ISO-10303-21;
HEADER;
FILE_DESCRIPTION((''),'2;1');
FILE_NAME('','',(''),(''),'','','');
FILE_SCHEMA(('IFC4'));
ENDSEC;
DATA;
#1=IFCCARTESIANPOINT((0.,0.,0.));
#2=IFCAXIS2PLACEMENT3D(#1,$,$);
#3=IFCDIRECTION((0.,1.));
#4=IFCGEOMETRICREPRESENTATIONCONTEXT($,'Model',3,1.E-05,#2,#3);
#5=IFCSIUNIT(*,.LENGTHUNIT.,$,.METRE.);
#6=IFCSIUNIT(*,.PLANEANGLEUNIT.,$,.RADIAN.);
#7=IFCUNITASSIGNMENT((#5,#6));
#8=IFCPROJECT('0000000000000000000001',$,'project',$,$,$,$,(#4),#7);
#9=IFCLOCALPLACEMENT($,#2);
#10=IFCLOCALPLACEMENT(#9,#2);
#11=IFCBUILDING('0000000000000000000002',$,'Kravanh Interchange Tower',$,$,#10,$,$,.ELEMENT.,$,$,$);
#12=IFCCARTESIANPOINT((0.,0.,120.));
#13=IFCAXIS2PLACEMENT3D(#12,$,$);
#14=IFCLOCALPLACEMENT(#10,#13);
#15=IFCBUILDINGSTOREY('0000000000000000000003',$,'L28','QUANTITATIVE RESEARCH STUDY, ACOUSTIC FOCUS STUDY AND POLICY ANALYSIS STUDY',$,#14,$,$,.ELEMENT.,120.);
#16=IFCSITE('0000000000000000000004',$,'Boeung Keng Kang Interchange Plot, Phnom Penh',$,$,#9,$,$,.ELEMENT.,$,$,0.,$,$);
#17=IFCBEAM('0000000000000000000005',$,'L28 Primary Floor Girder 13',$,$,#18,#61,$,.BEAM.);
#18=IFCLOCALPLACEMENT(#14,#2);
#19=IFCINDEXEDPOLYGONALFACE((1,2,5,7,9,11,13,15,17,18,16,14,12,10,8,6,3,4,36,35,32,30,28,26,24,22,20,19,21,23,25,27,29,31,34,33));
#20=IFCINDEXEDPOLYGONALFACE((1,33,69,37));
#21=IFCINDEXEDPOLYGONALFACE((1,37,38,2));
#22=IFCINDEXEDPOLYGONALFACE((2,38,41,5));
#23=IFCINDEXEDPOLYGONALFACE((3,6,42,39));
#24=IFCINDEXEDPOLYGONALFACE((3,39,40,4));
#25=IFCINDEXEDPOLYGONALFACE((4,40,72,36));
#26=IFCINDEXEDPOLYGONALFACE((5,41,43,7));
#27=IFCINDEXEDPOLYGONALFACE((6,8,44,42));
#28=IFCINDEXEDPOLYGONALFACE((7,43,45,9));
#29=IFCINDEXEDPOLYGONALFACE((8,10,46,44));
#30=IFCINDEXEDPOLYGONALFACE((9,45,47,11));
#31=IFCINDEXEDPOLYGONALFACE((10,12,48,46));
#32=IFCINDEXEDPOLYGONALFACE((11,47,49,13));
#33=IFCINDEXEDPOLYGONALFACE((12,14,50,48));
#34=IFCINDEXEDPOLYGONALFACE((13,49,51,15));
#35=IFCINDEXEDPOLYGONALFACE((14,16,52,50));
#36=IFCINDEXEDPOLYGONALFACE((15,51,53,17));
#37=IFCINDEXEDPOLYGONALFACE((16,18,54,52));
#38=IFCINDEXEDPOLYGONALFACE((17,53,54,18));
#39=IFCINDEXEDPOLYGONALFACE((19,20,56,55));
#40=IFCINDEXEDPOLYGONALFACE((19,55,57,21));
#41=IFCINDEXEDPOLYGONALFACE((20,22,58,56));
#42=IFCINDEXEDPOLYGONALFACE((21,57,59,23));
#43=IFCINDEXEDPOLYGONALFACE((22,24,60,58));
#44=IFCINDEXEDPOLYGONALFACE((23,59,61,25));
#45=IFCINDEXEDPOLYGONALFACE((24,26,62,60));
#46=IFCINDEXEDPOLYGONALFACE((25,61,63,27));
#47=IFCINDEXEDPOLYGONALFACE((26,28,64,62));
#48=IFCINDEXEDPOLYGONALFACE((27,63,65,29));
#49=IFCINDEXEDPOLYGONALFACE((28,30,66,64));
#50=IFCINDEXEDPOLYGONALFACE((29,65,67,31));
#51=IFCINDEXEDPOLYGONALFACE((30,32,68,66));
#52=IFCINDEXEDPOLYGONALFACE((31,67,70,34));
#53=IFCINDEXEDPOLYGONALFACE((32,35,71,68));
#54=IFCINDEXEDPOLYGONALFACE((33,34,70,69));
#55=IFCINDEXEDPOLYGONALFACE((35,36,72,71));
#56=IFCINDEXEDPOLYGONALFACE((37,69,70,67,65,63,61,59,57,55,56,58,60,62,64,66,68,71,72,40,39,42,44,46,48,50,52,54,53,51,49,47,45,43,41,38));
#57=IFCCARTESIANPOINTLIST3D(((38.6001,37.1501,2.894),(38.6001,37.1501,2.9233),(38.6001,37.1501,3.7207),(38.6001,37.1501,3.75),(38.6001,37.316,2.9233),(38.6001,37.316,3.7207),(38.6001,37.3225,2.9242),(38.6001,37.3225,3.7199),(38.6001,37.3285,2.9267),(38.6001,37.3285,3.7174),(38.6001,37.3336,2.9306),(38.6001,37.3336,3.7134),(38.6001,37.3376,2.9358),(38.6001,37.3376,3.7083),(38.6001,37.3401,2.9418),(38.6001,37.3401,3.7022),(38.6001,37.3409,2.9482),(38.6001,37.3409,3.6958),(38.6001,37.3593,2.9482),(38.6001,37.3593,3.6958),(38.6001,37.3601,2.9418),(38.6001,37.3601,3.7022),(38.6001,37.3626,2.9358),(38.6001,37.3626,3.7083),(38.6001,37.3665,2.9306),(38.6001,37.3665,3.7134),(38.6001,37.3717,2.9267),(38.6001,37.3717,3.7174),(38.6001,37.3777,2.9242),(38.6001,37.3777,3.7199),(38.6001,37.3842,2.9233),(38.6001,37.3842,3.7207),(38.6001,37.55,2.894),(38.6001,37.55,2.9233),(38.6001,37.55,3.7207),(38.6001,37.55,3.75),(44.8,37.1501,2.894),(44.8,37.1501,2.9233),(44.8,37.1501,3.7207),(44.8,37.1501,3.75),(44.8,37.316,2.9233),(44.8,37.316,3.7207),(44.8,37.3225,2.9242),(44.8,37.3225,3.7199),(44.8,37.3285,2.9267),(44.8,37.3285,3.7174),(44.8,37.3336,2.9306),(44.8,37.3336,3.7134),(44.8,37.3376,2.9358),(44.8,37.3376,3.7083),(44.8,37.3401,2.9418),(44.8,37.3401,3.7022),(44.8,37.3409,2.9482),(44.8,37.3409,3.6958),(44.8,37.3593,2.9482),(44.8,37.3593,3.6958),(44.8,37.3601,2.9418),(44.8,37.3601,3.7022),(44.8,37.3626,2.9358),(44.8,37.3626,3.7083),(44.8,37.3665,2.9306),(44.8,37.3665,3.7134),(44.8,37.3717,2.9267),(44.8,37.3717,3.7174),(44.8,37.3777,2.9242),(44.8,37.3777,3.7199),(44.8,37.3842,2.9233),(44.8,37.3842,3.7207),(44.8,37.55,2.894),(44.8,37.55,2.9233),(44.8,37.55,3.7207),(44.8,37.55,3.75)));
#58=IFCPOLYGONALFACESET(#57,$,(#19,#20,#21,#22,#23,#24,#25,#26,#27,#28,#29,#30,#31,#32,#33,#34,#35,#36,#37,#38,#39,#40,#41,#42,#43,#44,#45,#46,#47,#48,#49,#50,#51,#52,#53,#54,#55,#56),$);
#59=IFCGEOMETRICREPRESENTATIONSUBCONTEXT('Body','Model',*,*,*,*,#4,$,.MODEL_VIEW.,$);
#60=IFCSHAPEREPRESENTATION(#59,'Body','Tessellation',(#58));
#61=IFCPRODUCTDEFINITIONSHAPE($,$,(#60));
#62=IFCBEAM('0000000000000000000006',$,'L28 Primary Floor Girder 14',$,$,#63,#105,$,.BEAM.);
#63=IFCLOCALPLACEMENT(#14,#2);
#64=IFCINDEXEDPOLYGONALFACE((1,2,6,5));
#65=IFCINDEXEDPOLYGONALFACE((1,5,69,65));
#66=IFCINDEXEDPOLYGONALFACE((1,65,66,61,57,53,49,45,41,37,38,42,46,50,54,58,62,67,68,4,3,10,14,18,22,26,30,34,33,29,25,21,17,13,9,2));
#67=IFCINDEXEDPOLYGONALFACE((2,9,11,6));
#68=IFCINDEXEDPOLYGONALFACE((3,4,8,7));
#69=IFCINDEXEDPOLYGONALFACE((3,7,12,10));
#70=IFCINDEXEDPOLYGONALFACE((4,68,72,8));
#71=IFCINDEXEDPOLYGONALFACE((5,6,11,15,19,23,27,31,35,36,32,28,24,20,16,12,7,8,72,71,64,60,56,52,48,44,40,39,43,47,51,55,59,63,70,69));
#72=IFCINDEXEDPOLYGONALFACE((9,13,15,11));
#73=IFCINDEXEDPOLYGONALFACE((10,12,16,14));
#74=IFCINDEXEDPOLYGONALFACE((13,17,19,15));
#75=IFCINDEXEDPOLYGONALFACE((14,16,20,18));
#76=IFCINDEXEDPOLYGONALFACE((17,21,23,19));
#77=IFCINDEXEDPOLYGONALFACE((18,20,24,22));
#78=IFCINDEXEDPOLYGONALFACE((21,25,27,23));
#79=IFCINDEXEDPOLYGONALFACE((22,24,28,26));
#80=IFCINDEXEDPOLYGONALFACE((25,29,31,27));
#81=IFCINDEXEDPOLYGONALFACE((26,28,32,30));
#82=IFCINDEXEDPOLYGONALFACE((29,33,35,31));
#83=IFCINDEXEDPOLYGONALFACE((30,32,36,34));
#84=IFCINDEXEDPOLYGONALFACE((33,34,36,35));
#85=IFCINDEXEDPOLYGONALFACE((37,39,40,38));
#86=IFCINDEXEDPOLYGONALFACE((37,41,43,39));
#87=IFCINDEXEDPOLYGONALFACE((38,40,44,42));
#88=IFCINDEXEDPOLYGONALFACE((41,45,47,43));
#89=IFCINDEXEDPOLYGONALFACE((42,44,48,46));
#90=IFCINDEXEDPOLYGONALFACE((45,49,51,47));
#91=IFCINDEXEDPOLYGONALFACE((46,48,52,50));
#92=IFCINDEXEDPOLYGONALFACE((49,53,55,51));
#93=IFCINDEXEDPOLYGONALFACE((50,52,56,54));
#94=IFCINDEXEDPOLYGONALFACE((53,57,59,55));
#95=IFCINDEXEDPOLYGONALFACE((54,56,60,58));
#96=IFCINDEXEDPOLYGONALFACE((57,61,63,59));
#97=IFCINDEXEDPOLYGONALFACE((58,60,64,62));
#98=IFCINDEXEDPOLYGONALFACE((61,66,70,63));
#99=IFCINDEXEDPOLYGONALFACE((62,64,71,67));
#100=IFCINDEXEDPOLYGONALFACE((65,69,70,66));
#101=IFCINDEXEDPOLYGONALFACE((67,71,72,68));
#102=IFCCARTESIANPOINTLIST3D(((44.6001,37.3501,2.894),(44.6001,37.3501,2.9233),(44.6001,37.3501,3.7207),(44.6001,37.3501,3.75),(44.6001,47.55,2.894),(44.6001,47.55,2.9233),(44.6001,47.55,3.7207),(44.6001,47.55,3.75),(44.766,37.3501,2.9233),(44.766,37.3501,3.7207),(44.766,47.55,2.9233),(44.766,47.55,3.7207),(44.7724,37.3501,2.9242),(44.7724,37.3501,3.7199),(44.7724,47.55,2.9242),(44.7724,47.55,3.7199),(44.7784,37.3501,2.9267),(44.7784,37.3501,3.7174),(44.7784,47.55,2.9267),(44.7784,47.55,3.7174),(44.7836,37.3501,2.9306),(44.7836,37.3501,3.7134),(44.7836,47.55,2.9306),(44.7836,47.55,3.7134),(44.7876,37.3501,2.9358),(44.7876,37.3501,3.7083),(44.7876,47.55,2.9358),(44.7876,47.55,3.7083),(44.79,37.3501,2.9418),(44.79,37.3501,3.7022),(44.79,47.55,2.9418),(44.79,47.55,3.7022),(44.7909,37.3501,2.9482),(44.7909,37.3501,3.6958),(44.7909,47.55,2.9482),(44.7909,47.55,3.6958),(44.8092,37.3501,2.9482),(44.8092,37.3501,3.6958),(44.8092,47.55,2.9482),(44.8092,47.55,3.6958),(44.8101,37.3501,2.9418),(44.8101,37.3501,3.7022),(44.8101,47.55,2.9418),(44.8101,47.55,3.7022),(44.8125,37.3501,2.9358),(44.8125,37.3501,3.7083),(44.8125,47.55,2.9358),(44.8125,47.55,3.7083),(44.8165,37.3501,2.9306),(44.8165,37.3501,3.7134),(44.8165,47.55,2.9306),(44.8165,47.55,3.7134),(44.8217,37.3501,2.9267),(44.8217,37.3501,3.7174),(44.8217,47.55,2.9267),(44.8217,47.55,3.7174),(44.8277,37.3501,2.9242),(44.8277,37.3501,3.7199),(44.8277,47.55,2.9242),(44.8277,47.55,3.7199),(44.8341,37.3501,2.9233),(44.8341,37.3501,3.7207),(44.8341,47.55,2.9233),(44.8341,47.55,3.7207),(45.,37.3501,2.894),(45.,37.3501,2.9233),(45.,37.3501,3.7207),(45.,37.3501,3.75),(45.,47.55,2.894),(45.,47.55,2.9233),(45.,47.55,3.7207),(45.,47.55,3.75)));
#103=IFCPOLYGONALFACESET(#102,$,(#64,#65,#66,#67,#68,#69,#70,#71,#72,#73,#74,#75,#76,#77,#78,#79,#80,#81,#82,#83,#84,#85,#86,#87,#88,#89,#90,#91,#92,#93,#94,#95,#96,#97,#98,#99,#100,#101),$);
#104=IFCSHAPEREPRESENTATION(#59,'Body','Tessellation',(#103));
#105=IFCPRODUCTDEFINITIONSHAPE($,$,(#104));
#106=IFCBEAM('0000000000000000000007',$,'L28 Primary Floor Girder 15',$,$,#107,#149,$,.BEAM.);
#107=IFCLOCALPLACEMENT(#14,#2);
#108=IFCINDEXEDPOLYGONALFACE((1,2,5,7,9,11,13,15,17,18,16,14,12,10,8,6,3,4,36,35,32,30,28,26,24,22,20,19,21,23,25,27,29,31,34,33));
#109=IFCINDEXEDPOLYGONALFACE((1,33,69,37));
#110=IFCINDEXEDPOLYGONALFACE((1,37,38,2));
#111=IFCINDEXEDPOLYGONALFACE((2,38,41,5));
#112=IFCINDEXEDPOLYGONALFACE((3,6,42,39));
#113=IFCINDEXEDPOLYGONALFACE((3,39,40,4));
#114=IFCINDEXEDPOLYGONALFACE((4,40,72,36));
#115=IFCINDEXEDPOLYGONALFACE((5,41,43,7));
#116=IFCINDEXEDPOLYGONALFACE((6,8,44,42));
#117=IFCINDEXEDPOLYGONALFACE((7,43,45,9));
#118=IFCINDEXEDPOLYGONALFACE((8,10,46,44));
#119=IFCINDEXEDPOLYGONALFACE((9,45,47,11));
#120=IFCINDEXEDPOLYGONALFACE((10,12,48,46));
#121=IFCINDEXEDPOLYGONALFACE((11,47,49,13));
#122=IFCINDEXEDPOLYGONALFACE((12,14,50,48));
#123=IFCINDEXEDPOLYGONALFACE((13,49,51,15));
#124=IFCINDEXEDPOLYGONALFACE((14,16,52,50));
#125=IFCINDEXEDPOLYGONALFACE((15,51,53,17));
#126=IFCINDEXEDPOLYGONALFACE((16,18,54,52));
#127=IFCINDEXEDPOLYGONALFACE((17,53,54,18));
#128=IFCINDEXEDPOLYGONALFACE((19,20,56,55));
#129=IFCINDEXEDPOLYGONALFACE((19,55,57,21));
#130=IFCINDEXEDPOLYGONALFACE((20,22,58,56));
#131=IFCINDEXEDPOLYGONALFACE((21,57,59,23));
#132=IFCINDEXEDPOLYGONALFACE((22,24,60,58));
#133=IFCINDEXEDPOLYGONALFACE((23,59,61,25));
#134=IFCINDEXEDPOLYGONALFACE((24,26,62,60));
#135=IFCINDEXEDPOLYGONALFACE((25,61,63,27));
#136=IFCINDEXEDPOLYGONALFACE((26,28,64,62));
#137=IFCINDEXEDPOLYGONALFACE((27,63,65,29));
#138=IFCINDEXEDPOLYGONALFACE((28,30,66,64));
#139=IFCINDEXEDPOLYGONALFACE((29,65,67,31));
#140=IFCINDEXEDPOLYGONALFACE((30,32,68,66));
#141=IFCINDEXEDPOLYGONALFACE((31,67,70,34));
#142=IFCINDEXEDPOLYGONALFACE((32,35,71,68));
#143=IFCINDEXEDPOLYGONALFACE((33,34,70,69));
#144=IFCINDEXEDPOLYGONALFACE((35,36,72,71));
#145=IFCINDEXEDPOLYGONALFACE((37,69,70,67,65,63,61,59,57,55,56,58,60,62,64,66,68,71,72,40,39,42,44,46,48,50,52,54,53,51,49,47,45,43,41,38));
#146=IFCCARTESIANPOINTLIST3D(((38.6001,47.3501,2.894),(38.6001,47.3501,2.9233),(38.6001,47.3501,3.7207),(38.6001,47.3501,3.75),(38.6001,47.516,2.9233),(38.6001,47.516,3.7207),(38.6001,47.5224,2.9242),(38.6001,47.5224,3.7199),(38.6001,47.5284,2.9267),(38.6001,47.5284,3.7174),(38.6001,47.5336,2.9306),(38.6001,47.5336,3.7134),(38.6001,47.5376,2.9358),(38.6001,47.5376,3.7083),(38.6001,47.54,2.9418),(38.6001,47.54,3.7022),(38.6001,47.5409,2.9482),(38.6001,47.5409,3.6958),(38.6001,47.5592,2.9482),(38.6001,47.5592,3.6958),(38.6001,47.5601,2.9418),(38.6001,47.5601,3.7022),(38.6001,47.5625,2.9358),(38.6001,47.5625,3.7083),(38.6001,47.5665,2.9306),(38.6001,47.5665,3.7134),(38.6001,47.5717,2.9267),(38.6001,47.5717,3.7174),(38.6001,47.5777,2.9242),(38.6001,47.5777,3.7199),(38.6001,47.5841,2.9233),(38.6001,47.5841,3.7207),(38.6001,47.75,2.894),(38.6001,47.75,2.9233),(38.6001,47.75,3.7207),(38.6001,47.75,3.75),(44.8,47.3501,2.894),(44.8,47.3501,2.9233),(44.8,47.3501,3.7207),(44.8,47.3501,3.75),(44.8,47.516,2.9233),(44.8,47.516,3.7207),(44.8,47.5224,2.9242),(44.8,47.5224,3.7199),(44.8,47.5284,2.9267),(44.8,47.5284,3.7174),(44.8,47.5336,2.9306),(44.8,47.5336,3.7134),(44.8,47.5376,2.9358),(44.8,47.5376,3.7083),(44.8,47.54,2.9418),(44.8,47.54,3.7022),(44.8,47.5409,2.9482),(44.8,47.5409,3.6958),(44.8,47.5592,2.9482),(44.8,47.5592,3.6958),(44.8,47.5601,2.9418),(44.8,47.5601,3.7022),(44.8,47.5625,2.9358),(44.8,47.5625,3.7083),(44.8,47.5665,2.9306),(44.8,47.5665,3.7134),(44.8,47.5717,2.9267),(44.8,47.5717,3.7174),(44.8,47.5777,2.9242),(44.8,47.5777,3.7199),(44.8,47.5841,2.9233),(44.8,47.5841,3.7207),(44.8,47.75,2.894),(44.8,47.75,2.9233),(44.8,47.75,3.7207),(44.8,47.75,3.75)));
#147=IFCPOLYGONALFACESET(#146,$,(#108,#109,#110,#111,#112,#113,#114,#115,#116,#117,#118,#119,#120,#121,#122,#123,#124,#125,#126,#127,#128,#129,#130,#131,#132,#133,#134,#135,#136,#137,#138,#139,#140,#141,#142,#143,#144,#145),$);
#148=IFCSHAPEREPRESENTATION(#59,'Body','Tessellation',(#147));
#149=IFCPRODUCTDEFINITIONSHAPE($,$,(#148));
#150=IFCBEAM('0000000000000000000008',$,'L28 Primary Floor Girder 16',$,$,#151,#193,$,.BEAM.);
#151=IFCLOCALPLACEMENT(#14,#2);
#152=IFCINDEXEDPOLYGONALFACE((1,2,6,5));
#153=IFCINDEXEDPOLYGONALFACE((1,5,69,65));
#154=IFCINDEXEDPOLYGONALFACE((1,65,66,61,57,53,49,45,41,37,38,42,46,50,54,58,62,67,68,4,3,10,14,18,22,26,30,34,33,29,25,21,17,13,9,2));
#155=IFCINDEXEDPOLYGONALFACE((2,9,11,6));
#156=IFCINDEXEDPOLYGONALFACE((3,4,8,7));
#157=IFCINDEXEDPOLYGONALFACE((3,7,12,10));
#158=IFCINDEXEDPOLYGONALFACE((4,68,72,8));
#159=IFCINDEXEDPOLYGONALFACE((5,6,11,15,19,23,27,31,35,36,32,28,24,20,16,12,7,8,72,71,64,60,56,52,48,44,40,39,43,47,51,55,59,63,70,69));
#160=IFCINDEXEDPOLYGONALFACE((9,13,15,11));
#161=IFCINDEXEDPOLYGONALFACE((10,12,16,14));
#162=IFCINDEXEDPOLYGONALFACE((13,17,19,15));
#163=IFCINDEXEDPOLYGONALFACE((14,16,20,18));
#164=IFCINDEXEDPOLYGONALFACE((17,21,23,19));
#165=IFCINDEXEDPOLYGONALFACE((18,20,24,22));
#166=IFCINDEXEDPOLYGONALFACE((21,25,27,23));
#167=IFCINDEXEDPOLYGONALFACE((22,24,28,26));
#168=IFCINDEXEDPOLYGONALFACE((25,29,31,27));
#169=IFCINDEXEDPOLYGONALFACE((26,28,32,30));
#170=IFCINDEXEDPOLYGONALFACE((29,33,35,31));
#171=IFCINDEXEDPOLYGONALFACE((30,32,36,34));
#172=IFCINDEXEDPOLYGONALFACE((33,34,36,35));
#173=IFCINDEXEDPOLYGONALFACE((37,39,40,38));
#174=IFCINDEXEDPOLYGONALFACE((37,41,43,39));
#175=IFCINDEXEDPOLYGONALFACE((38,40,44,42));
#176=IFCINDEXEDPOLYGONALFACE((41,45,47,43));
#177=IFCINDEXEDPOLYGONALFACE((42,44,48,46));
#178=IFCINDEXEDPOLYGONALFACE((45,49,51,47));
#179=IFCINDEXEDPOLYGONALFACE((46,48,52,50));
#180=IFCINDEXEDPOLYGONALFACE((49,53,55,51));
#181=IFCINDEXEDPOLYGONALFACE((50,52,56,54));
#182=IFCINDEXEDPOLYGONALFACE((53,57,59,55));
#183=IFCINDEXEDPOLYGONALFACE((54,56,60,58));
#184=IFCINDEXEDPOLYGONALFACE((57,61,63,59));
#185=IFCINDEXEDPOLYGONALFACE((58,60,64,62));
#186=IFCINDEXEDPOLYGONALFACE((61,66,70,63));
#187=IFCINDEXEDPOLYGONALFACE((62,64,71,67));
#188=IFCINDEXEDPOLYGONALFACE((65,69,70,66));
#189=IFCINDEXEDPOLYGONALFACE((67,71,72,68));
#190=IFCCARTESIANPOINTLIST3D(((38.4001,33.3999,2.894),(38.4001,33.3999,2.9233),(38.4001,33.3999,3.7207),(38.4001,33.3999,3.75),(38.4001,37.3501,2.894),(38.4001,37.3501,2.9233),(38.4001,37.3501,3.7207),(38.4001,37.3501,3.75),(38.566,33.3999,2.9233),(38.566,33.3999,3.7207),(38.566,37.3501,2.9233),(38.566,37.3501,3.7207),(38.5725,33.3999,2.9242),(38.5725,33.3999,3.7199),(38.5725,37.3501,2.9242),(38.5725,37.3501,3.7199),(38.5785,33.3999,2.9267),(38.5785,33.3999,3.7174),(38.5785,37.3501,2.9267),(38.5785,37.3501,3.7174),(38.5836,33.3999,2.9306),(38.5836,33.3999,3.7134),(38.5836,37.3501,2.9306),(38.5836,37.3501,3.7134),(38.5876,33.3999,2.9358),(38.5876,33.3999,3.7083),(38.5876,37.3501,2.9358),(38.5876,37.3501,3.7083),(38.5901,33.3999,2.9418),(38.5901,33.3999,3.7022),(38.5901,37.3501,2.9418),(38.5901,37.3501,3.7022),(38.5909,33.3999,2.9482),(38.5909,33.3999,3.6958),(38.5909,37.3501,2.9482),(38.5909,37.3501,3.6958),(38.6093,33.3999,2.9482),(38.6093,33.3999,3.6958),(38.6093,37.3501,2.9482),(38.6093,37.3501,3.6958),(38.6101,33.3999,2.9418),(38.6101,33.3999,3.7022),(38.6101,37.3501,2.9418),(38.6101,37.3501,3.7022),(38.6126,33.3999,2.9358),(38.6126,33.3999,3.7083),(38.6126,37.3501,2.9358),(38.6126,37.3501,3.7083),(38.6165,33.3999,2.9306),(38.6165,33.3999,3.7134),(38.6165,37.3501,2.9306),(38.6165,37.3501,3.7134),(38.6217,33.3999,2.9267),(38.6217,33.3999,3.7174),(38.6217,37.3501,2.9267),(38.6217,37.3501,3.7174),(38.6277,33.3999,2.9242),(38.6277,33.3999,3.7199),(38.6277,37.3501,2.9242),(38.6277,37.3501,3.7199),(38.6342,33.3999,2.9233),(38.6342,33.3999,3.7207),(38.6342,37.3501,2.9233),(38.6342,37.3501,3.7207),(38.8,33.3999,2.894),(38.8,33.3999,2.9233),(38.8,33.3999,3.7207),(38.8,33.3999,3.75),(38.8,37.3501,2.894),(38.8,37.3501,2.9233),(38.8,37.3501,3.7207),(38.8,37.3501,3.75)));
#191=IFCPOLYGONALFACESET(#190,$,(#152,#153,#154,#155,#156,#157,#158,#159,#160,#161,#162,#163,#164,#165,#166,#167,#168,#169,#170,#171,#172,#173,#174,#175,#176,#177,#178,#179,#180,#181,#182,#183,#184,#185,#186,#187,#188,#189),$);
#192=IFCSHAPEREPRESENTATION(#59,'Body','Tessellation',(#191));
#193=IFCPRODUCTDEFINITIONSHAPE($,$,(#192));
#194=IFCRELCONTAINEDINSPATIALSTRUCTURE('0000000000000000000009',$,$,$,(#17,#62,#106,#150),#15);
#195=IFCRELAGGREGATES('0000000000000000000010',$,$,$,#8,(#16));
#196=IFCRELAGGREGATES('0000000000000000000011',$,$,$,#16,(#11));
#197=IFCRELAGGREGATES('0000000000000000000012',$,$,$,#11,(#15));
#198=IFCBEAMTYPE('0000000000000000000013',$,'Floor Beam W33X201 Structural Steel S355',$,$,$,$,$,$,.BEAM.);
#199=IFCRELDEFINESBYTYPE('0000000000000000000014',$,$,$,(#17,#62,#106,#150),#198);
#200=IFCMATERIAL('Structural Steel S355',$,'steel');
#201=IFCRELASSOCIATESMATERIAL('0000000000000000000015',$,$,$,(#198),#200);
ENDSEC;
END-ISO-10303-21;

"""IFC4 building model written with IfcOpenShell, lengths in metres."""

from ifc_helpers import new_model, si_unit, direction, frame, origin, origin_2d, place, context, subcontext, project, spatial, i_section, extrude, material, material_profile, profile_set, type_object, element, save


model = new_model("IFC4")

# Units and contexts
model_context = context("Model", 3, precision=1e-05, world=origin(), true_north=direction((0.0, 1.0)))
body_context = subcontext(model_context, "Body", "Model", "MODEL_VIEW")
ifc_project = project(units=[si_unit("LENGTHUNIT", "METRE"), si_unit("PLANEANGLEUNIT", "RADIAN")], contexts=[model_context])

# Site, building, storey
site_placement = place(None, origin())
site = spatial("IfcSite", under=ifc_project, at=site_placement, Name="Boeung Keng Kang Interchange Plot, Phnom Penh", CompositionType="ELEMENT", RefElevation=0.0)
building_placement = place(site_placement, origin())
building = spatial("IfcBuilding", under=site, at=building_placement, Name="Kravanh Interchange Tower", CompositionType="ELEMENT")
storey_placement = place(building_placement, frame((0.0, 0.0, 120.0)))
storey = spatial("IfcBuildingStorey", under=building, at=storey_placement, Name="L28", Description="QUANTITATIVE RESEARCH STUDY, ACOUSTIC FOCUS STUDY AND POLICY ANALYSIS STUDY", CompositionType="ELEMENT", Elevation=120.0)

# Beams
ifc_material_1 = material(Name="Structural Steel S355", Category="steel")
ifc_material_profile_1 = material_profile(ifc_material_1, i_section(OverallWidth=0.3999, OverallDepth=0.856, WebThickness=0.0183, FlangeThickness=0.0293, FilletRadius=0.0249, at=origin_2d()), Name="W33X201")
ifc_profile_set_1 = profile_set([ifc_material_profile_1], Name="Structural Steel S355")
beam_type_1 = type_object("IfcBeamType", Name="Floor Beam W33X201 Structural Steel S355", PredefinedType="BEAM", material=ifc_profile_set_1)
beam_1_placement = place(storey_placement, frame((44.8, 37.3501, 3.322), z_axis=(-1.0, 0.0, 0.0), x_axis=(0.0, -1.0, 0.0)))
element("IfcBeam", 1, at=beam_1_placement, inside=storey, type_object=beam_type_1, Name="L28 Primary Floor Girder 13", PredefinedType="BEAM", context=body_context, shape_type="SweptSolid", body=[
    extrude(i_section(OverallWidth=0.3999, OverallDepth=0.856, WebThickness=0.0183, FlangeThickness=0.0293, FilletRadius=0.0249, at=origin_2d()), origin(), (0.0, 0.0, 1.0), 6.2),
])
beam_2_placement = place(storey_placement, frame((44.8, 37.3501, 3.322), z_axis=(0.0, 1.0, 0.0), x_axis=(-1.0, 0.0, 0.0)))
element("IfcBeam", 2, at=beam_2_placement, inside=storey, type_object=beam_type_1, Name="L28 Primary Floor Girder 14", PredefinedType="BEAM", context=body_context, shape_type="SweptSolid", body=[
    extrude(i_section(OverallWidth=0.3999, OverallDepth=0.856, WebThickness=0.0183, FlangeThickness=0.0293, FilletRadius=0.0249, at=origin_2d()), origin(), (0.0, 0.0, 1.0), 10.2),
])
beam_3_placement = place(storey_placement, frame((44.8, 47.55, 3.322), z_axis=(-1.0, 0.0, 0.0), x_axis=(0.0, -1.0, 0.0)))
element("IfcBeam", 3, at=beam_3_placement, inside=storey, type_object=beam_type_1, Name="L28 Primary Floor Girder 15", PredefinedType="BEAM", context=body_context, shape_type="SweptSolid", body=[
    extrude(i_section(OverallWidth=0.3999, OverallDepth=0.856, WebThickness=0.0183, FlangeThickness=0.0293, FilletRadius=0.0249, at=origin_2d()), origin(), (0.0, 0.0, 1.0), 6.2),
])
beam_4_placement = place(storey_placement, frame((38.6001, 37.3501, 3.322), z_axis=(0.0, -1.0, 0.0), x_axis=(1.0, 0.0, 0.0)))
element("IfcBeam", 4, at=beam_4_placement, inside=storey, type_object=beam_type_1, Name="L28 Primary Floor Girder 16", PredefinedType="BEAM", context=body_context, shape_type="SweptSolid", body=[
    extrude(i_section(OverallWidth=0.3999, OverallDepth=0.856, WebThickness=0.0183, FlangeThickness=0.0293, FilletRadius=0.0249, at=origin_2d()), origin(), (0.0, 0.0, 1.0), 3.9502),
])

save(model, "model.ifc")
